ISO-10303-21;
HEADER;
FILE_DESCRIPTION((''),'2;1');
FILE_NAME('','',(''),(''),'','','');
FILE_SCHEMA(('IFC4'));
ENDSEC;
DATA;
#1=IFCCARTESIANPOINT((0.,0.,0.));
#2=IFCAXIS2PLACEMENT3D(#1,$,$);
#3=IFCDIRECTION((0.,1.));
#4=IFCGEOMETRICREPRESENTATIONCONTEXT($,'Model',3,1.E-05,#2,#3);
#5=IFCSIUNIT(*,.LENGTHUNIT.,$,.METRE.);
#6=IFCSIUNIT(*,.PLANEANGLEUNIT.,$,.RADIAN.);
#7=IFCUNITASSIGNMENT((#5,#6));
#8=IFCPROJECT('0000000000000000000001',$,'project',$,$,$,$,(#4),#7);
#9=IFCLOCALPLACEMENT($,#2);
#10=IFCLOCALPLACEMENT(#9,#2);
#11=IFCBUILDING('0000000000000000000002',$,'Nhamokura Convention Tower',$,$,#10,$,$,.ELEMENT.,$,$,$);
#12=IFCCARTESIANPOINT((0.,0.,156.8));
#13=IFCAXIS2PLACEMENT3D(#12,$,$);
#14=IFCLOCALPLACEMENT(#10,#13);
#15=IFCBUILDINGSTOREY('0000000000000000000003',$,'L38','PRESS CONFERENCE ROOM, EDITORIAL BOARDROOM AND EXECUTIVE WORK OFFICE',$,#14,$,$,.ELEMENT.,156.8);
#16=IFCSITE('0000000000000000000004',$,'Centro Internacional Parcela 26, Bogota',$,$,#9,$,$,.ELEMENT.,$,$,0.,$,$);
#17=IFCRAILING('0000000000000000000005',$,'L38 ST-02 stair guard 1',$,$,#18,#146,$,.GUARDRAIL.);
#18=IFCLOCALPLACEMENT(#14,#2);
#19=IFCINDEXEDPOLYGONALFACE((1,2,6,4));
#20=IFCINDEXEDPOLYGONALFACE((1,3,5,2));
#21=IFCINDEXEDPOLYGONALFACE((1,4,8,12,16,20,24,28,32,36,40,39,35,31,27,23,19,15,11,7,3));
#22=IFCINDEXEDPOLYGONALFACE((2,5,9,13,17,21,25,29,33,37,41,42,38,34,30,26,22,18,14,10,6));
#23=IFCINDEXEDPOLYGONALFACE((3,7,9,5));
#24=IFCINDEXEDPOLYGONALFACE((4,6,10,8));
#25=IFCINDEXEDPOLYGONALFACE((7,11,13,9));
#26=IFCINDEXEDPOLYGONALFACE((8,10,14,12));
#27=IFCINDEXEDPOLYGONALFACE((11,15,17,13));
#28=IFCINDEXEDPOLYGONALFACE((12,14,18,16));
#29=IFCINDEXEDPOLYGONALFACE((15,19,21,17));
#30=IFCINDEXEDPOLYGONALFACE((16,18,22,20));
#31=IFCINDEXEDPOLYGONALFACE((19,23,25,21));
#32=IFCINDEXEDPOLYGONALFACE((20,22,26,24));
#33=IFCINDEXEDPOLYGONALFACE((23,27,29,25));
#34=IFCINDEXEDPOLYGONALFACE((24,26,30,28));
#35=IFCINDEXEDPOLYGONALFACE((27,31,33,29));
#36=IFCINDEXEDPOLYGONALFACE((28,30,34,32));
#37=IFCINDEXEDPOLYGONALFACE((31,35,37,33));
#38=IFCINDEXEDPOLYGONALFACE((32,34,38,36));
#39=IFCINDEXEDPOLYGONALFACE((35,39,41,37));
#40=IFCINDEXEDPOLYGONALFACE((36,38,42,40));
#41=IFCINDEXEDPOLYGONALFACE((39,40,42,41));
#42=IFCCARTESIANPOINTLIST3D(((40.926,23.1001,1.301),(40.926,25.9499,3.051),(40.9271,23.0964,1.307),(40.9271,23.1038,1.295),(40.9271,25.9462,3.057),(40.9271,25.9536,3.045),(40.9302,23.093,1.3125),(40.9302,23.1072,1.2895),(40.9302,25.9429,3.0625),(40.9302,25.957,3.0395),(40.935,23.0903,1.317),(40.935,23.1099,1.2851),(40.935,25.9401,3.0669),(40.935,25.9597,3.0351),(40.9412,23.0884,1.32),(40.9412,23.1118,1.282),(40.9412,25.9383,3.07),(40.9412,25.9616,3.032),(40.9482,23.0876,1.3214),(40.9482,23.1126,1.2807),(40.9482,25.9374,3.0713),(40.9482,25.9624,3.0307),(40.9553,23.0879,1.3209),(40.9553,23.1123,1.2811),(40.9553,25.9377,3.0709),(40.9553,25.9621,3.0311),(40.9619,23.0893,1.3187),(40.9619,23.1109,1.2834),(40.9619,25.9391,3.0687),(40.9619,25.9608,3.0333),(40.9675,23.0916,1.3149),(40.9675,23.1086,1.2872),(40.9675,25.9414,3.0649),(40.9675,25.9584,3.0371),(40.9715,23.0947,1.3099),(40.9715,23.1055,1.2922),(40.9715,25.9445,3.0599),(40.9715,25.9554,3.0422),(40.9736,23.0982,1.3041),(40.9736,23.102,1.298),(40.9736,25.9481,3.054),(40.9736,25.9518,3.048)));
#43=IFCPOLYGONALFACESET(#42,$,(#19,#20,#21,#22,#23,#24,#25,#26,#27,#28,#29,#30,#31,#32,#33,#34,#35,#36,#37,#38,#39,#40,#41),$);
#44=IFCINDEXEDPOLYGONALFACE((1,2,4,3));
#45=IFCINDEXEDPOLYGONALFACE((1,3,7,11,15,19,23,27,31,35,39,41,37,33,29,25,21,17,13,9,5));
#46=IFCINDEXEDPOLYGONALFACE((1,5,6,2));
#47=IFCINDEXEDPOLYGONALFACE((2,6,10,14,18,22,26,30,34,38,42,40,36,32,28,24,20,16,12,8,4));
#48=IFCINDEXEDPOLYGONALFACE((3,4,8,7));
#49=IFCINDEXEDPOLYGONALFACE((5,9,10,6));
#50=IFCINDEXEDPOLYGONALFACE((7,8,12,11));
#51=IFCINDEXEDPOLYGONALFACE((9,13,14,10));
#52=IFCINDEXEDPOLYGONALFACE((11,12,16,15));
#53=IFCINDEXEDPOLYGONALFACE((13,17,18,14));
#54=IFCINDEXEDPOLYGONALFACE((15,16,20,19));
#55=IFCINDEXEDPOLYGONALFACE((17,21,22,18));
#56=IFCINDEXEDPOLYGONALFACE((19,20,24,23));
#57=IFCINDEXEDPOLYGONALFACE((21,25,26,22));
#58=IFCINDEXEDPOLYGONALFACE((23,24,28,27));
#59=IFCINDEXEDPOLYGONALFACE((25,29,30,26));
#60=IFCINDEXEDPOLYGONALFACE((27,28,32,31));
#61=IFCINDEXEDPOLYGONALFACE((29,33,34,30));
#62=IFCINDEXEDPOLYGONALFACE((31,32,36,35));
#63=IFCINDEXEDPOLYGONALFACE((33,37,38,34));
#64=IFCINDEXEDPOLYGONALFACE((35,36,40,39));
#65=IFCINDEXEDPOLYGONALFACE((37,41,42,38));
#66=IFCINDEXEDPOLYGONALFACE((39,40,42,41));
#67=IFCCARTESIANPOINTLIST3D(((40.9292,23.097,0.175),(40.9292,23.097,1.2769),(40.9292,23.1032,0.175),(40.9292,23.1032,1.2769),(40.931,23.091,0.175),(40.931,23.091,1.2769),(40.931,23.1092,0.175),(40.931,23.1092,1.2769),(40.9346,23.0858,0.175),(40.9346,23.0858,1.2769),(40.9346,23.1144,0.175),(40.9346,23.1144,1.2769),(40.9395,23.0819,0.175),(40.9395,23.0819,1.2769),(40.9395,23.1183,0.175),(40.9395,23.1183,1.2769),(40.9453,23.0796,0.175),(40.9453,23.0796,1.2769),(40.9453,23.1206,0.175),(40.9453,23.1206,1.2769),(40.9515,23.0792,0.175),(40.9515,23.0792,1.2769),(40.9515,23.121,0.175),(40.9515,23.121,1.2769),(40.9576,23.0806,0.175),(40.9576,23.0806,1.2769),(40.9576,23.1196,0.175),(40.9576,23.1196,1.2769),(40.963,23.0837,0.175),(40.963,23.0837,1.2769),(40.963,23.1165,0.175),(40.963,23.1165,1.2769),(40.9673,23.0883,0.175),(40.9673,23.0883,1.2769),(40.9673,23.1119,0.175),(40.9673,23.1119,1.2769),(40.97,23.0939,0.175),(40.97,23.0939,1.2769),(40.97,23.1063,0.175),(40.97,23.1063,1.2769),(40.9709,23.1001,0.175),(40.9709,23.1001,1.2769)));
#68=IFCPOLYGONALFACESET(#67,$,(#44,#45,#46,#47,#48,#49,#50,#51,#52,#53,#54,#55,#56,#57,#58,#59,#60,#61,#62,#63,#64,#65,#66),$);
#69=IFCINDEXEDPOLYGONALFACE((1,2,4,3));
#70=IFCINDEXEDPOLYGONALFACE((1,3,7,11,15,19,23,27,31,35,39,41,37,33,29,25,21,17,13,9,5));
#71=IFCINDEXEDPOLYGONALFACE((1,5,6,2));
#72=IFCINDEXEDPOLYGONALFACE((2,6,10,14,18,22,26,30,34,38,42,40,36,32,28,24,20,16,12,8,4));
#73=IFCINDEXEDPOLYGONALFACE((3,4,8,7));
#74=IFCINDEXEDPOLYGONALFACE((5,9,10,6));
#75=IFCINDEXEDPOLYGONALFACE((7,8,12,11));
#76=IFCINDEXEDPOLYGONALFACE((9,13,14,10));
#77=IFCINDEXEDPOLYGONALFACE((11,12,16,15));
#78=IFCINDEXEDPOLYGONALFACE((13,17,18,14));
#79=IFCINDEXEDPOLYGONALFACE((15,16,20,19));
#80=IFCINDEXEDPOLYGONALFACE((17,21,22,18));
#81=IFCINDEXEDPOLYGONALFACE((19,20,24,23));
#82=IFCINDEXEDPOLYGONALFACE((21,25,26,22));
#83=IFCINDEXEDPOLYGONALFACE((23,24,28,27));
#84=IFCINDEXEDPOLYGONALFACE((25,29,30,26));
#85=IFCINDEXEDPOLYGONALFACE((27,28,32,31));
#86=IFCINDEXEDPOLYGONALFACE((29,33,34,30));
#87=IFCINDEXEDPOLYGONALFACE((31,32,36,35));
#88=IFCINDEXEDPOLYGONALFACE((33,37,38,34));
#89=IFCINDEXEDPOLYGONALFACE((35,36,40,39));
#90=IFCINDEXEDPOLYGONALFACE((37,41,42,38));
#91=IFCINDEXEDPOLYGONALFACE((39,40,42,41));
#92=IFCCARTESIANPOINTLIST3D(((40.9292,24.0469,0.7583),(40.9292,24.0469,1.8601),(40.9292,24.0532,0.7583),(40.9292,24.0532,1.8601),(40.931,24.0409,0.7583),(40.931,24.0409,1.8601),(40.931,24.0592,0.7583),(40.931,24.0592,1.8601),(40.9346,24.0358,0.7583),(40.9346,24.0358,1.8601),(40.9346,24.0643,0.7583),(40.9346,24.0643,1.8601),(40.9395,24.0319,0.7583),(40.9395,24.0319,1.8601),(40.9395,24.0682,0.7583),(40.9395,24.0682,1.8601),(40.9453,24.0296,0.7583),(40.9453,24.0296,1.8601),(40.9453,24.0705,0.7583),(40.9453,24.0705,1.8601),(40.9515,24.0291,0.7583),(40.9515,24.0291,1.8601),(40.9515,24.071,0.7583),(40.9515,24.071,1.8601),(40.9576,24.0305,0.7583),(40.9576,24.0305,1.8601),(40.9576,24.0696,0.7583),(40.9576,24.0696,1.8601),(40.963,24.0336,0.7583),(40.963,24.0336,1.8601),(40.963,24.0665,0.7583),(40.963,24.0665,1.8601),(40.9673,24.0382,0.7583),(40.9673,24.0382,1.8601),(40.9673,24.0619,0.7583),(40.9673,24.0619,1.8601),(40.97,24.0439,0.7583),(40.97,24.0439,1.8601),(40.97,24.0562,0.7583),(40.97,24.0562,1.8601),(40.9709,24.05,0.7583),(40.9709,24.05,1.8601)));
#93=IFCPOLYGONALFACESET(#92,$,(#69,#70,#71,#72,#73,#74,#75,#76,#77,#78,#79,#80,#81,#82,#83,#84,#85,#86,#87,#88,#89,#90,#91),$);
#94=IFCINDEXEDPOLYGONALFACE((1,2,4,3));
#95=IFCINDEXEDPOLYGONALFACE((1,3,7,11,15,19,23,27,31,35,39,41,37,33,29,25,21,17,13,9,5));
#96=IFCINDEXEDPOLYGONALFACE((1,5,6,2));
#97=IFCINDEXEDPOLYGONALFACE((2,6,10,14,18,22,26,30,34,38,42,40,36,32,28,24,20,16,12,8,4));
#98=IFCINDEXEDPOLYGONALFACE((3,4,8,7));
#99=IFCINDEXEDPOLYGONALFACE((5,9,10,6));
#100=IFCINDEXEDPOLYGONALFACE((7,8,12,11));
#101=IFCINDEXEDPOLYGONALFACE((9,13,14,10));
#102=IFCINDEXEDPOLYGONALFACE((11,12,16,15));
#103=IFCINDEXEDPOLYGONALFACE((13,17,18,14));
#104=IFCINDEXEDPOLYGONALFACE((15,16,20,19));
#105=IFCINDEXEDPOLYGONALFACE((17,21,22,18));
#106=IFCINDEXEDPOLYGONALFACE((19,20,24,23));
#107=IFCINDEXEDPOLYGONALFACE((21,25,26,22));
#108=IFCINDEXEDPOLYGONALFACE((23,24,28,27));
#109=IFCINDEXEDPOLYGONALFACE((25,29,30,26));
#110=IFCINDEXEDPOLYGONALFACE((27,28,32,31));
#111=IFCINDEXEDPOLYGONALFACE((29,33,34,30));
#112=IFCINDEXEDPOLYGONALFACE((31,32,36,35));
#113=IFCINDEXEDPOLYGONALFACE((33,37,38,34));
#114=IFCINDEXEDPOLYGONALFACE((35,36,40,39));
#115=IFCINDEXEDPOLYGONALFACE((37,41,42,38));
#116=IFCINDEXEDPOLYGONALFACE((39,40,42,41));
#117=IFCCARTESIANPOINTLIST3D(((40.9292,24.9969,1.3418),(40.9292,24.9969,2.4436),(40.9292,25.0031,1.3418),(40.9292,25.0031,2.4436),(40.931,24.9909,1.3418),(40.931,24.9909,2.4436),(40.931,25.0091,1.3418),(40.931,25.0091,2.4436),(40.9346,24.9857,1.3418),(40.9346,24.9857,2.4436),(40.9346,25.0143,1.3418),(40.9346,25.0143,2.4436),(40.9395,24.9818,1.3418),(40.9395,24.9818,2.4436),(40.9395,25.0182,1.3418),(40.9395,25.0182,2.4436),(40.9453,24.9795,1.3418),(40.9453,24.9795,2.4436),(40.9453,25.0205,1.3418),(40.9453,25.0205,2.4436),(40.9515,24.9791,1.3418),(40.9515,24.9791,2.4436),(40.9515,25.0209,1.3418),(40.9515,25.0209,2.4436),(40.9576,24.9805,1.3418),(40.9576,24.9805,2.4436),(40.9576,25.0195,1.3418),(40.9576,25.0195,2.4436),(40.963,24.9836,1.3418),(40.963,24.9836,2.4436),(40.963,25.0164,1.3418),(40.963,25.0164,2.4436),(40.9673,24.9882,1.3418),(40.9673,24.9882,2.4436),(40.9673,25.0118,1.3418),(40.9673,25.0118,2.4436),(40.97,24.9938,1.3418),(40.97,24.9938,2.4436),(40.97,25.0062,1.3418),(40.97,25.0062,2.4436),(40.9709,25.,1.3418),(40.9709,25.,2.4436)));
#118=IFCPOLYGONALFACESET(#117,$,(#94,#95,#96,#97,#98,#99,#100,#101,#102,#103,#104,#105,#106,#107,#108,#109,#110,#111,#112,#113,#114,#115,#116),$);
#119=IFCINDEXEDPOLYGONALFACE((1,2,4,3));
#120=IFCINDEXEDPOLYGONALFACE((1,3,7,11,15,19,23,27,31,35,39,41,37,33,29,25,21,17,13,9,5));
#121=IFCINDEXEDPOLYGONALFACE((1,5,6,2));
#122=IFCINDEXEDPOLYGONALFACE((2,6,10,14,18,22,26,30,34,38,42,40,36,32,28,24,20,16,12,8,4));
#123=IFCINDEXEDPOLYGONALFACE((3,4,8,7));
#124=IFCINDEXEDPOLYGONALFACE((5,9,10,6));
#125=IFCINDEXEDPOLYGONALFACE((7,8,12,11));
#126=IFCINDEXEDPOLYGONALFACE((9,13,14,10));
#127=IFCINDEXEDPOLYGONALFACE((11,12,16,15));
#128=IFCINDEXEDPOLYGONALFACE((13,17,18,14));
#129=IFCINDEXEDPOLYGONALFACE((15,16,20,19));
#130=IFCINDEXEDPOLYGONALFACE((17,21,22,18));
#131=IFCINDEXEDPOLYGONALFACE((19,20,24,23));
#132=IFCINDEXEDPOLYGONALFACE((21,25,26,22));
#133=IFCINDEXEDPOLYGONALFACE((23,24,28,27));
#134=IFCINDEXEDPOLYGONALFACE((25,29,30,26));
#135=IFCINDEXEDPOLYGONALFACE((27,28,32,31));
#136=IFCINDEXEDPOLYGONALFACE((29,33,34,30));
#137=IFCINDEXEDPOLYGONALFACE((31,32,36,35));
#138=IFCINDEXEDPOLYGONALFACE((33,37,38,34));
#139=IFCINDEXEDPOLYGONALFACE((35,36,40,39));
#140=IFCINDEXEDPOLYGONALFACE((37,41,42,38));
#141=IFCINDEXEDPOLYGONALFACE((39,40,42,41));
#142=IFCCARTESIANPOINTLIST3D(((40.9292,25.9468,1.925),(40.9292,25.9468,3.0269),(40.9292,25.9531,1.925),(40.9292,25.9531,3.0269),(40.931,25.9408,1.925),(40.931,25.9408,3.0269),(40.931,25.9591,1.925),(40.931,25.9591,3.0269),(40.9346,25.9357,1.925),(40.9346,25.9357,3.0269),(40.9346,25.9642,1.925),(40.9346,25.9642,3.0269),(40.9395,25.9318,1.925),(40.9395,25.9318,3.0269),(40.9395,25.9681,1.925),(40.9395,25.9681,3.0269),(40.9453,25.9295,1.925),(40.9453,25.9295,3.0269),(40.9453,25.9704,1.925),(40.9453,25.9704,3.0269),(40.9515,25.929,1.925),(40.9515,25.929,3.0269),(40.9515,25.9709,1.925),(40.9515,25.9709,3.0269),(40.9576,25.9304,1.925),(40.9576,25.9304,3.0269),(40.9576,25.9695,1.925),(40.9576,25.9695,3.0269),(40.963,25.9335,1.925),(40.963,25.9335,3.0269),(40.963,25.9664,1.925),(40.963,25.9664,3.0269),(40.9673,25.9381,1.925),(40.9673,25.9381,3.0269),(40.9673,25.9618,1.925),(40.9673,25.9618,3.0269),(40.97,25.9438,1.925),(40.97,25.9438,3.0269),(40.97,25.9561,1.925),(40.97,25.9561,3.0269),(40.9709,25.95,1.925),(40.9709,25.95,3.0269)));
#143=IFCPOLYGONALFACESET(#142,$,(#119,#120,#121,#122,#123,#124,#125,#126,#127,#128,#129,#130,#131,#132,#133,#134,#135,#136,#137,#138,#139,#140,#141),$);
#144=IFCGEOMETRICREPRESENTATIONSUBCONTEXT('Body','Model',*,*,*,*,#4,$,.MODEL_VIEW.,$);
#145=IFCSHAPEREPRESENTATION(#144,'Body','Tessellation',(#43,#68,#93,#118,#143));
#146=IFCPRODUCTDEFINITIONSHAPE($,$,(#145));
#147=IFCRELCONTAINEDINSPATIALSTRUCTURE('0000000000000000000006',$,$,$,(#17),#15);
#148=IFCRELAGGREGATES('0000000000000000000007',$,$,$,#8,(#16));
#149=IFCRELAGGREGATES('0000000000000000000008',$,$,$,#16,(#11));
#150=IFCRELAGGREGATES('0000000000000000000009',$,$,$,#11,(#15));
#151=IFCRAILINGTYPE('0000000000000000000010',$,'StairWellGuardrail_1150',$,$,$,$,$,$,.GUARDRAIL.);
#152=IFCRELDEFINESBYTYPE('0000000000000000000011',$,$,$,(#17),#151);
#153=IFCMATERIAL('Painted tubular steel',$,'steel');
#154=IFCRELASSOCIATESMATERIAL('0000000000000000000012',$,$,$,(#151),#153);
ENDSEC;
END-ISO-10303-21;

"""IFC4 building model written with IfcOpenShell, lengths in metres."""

from ifc_helpers import new_model, si_unit, direction, frame, origin, origin_2d, place, context, subcontext, project, spatial, circle, extrude, material, type_object, element, save


model = new_model("IFC4")

# Units and contexts
model_context = context("Model", 3, precision=1e-05, world=origin(), true_north=direction((0.0, 1.0)))
body_context = subcontext(model_context, "Body", "Model", "MODEL_VIEW")
ifc_project = project(units=[si_unit("LENGTHUNIT", "METRE"), si_unit("PLANEANGLEUNIT", "RADIAN")], contexts=[model_context])

# Site, building, storey
site_placement = place(None, origin())
site = spatial("IfcSite", under=ifc_project, at=site_placement, Name="Centro Internacional Parcela 26, Bogota", CompositionType="ELEMENT", RefElevation=0.0)
building_placement = place(site_placement, origin())
building = spatial("IfcBuilding", under=site, at=building_placement, Name="Nhamokura Convention Tower", CompositionType="ELEMENT")
storey_placement = place(building_placement, frame((0.0, 0.0, 156.8)))
storey = spatial("IfcBuildingStorey", under=building, at=storey_placement, Name="L38", Description="PRESS CONFERENCE ROOM, EDITORIAL BOARDROOM AND EXECUTIVE WORK OFFICE", CompositionType="ELEMENT", Elevation=156.8)

# Railing
ifc_material_1 = material(Name="Painted tubular steel", Category="steel")
railing_type_1 = type_object("IfcRailingType", Name="StairWellGuardrail_1150", PredefinedType="GUARDRAIL", material=ifc_material_1)
railing_1_placement = place(storey_placement, frame((40.95, 23.1001, 0.175)))
element("IfcRailing", 1, at=railing_1_placement, inside=storey, type_object=railing_type_1, Name="L38 ST-02 stair guard 1", PredefinedType="GUARDRAIL", context=body_context, shape_type="SweptSolid", body=[
    extrude(circle(Radius=0.0239, at=origin_2d()), frame((0.0, 0.0, 1.126), z_axis=(0.0, 0.852159, 0.523283), x_axis=(-1.0, 0.0, 0.0)), (0.0, 0.0, 1.0), 3.3442),
    extrude(circle(Radius=0.021, at=origin_2d()), origin(), (0.0, 0.0, 1.0), 1.1018),
    extrude(circle(Radius=0.021, at=origin_2d()), frame((0.0, 0.95, 0.5833)), (0.0, 0.0, 1.0), 1.1018),
    extrude(circle(Radius=0.021, at=origin_2d()), frame((0.0, 1.8999, 1.1667)), (0.0, 0.0, 1.0), 1.1018),
    extrude(circle(Radius=0.021, at=origin_2d()), frame((0.0, 2.8499, 1.75)), (0.0, 0.0, 1.0), 1.1018),
])

save(model, "model.ifc")
